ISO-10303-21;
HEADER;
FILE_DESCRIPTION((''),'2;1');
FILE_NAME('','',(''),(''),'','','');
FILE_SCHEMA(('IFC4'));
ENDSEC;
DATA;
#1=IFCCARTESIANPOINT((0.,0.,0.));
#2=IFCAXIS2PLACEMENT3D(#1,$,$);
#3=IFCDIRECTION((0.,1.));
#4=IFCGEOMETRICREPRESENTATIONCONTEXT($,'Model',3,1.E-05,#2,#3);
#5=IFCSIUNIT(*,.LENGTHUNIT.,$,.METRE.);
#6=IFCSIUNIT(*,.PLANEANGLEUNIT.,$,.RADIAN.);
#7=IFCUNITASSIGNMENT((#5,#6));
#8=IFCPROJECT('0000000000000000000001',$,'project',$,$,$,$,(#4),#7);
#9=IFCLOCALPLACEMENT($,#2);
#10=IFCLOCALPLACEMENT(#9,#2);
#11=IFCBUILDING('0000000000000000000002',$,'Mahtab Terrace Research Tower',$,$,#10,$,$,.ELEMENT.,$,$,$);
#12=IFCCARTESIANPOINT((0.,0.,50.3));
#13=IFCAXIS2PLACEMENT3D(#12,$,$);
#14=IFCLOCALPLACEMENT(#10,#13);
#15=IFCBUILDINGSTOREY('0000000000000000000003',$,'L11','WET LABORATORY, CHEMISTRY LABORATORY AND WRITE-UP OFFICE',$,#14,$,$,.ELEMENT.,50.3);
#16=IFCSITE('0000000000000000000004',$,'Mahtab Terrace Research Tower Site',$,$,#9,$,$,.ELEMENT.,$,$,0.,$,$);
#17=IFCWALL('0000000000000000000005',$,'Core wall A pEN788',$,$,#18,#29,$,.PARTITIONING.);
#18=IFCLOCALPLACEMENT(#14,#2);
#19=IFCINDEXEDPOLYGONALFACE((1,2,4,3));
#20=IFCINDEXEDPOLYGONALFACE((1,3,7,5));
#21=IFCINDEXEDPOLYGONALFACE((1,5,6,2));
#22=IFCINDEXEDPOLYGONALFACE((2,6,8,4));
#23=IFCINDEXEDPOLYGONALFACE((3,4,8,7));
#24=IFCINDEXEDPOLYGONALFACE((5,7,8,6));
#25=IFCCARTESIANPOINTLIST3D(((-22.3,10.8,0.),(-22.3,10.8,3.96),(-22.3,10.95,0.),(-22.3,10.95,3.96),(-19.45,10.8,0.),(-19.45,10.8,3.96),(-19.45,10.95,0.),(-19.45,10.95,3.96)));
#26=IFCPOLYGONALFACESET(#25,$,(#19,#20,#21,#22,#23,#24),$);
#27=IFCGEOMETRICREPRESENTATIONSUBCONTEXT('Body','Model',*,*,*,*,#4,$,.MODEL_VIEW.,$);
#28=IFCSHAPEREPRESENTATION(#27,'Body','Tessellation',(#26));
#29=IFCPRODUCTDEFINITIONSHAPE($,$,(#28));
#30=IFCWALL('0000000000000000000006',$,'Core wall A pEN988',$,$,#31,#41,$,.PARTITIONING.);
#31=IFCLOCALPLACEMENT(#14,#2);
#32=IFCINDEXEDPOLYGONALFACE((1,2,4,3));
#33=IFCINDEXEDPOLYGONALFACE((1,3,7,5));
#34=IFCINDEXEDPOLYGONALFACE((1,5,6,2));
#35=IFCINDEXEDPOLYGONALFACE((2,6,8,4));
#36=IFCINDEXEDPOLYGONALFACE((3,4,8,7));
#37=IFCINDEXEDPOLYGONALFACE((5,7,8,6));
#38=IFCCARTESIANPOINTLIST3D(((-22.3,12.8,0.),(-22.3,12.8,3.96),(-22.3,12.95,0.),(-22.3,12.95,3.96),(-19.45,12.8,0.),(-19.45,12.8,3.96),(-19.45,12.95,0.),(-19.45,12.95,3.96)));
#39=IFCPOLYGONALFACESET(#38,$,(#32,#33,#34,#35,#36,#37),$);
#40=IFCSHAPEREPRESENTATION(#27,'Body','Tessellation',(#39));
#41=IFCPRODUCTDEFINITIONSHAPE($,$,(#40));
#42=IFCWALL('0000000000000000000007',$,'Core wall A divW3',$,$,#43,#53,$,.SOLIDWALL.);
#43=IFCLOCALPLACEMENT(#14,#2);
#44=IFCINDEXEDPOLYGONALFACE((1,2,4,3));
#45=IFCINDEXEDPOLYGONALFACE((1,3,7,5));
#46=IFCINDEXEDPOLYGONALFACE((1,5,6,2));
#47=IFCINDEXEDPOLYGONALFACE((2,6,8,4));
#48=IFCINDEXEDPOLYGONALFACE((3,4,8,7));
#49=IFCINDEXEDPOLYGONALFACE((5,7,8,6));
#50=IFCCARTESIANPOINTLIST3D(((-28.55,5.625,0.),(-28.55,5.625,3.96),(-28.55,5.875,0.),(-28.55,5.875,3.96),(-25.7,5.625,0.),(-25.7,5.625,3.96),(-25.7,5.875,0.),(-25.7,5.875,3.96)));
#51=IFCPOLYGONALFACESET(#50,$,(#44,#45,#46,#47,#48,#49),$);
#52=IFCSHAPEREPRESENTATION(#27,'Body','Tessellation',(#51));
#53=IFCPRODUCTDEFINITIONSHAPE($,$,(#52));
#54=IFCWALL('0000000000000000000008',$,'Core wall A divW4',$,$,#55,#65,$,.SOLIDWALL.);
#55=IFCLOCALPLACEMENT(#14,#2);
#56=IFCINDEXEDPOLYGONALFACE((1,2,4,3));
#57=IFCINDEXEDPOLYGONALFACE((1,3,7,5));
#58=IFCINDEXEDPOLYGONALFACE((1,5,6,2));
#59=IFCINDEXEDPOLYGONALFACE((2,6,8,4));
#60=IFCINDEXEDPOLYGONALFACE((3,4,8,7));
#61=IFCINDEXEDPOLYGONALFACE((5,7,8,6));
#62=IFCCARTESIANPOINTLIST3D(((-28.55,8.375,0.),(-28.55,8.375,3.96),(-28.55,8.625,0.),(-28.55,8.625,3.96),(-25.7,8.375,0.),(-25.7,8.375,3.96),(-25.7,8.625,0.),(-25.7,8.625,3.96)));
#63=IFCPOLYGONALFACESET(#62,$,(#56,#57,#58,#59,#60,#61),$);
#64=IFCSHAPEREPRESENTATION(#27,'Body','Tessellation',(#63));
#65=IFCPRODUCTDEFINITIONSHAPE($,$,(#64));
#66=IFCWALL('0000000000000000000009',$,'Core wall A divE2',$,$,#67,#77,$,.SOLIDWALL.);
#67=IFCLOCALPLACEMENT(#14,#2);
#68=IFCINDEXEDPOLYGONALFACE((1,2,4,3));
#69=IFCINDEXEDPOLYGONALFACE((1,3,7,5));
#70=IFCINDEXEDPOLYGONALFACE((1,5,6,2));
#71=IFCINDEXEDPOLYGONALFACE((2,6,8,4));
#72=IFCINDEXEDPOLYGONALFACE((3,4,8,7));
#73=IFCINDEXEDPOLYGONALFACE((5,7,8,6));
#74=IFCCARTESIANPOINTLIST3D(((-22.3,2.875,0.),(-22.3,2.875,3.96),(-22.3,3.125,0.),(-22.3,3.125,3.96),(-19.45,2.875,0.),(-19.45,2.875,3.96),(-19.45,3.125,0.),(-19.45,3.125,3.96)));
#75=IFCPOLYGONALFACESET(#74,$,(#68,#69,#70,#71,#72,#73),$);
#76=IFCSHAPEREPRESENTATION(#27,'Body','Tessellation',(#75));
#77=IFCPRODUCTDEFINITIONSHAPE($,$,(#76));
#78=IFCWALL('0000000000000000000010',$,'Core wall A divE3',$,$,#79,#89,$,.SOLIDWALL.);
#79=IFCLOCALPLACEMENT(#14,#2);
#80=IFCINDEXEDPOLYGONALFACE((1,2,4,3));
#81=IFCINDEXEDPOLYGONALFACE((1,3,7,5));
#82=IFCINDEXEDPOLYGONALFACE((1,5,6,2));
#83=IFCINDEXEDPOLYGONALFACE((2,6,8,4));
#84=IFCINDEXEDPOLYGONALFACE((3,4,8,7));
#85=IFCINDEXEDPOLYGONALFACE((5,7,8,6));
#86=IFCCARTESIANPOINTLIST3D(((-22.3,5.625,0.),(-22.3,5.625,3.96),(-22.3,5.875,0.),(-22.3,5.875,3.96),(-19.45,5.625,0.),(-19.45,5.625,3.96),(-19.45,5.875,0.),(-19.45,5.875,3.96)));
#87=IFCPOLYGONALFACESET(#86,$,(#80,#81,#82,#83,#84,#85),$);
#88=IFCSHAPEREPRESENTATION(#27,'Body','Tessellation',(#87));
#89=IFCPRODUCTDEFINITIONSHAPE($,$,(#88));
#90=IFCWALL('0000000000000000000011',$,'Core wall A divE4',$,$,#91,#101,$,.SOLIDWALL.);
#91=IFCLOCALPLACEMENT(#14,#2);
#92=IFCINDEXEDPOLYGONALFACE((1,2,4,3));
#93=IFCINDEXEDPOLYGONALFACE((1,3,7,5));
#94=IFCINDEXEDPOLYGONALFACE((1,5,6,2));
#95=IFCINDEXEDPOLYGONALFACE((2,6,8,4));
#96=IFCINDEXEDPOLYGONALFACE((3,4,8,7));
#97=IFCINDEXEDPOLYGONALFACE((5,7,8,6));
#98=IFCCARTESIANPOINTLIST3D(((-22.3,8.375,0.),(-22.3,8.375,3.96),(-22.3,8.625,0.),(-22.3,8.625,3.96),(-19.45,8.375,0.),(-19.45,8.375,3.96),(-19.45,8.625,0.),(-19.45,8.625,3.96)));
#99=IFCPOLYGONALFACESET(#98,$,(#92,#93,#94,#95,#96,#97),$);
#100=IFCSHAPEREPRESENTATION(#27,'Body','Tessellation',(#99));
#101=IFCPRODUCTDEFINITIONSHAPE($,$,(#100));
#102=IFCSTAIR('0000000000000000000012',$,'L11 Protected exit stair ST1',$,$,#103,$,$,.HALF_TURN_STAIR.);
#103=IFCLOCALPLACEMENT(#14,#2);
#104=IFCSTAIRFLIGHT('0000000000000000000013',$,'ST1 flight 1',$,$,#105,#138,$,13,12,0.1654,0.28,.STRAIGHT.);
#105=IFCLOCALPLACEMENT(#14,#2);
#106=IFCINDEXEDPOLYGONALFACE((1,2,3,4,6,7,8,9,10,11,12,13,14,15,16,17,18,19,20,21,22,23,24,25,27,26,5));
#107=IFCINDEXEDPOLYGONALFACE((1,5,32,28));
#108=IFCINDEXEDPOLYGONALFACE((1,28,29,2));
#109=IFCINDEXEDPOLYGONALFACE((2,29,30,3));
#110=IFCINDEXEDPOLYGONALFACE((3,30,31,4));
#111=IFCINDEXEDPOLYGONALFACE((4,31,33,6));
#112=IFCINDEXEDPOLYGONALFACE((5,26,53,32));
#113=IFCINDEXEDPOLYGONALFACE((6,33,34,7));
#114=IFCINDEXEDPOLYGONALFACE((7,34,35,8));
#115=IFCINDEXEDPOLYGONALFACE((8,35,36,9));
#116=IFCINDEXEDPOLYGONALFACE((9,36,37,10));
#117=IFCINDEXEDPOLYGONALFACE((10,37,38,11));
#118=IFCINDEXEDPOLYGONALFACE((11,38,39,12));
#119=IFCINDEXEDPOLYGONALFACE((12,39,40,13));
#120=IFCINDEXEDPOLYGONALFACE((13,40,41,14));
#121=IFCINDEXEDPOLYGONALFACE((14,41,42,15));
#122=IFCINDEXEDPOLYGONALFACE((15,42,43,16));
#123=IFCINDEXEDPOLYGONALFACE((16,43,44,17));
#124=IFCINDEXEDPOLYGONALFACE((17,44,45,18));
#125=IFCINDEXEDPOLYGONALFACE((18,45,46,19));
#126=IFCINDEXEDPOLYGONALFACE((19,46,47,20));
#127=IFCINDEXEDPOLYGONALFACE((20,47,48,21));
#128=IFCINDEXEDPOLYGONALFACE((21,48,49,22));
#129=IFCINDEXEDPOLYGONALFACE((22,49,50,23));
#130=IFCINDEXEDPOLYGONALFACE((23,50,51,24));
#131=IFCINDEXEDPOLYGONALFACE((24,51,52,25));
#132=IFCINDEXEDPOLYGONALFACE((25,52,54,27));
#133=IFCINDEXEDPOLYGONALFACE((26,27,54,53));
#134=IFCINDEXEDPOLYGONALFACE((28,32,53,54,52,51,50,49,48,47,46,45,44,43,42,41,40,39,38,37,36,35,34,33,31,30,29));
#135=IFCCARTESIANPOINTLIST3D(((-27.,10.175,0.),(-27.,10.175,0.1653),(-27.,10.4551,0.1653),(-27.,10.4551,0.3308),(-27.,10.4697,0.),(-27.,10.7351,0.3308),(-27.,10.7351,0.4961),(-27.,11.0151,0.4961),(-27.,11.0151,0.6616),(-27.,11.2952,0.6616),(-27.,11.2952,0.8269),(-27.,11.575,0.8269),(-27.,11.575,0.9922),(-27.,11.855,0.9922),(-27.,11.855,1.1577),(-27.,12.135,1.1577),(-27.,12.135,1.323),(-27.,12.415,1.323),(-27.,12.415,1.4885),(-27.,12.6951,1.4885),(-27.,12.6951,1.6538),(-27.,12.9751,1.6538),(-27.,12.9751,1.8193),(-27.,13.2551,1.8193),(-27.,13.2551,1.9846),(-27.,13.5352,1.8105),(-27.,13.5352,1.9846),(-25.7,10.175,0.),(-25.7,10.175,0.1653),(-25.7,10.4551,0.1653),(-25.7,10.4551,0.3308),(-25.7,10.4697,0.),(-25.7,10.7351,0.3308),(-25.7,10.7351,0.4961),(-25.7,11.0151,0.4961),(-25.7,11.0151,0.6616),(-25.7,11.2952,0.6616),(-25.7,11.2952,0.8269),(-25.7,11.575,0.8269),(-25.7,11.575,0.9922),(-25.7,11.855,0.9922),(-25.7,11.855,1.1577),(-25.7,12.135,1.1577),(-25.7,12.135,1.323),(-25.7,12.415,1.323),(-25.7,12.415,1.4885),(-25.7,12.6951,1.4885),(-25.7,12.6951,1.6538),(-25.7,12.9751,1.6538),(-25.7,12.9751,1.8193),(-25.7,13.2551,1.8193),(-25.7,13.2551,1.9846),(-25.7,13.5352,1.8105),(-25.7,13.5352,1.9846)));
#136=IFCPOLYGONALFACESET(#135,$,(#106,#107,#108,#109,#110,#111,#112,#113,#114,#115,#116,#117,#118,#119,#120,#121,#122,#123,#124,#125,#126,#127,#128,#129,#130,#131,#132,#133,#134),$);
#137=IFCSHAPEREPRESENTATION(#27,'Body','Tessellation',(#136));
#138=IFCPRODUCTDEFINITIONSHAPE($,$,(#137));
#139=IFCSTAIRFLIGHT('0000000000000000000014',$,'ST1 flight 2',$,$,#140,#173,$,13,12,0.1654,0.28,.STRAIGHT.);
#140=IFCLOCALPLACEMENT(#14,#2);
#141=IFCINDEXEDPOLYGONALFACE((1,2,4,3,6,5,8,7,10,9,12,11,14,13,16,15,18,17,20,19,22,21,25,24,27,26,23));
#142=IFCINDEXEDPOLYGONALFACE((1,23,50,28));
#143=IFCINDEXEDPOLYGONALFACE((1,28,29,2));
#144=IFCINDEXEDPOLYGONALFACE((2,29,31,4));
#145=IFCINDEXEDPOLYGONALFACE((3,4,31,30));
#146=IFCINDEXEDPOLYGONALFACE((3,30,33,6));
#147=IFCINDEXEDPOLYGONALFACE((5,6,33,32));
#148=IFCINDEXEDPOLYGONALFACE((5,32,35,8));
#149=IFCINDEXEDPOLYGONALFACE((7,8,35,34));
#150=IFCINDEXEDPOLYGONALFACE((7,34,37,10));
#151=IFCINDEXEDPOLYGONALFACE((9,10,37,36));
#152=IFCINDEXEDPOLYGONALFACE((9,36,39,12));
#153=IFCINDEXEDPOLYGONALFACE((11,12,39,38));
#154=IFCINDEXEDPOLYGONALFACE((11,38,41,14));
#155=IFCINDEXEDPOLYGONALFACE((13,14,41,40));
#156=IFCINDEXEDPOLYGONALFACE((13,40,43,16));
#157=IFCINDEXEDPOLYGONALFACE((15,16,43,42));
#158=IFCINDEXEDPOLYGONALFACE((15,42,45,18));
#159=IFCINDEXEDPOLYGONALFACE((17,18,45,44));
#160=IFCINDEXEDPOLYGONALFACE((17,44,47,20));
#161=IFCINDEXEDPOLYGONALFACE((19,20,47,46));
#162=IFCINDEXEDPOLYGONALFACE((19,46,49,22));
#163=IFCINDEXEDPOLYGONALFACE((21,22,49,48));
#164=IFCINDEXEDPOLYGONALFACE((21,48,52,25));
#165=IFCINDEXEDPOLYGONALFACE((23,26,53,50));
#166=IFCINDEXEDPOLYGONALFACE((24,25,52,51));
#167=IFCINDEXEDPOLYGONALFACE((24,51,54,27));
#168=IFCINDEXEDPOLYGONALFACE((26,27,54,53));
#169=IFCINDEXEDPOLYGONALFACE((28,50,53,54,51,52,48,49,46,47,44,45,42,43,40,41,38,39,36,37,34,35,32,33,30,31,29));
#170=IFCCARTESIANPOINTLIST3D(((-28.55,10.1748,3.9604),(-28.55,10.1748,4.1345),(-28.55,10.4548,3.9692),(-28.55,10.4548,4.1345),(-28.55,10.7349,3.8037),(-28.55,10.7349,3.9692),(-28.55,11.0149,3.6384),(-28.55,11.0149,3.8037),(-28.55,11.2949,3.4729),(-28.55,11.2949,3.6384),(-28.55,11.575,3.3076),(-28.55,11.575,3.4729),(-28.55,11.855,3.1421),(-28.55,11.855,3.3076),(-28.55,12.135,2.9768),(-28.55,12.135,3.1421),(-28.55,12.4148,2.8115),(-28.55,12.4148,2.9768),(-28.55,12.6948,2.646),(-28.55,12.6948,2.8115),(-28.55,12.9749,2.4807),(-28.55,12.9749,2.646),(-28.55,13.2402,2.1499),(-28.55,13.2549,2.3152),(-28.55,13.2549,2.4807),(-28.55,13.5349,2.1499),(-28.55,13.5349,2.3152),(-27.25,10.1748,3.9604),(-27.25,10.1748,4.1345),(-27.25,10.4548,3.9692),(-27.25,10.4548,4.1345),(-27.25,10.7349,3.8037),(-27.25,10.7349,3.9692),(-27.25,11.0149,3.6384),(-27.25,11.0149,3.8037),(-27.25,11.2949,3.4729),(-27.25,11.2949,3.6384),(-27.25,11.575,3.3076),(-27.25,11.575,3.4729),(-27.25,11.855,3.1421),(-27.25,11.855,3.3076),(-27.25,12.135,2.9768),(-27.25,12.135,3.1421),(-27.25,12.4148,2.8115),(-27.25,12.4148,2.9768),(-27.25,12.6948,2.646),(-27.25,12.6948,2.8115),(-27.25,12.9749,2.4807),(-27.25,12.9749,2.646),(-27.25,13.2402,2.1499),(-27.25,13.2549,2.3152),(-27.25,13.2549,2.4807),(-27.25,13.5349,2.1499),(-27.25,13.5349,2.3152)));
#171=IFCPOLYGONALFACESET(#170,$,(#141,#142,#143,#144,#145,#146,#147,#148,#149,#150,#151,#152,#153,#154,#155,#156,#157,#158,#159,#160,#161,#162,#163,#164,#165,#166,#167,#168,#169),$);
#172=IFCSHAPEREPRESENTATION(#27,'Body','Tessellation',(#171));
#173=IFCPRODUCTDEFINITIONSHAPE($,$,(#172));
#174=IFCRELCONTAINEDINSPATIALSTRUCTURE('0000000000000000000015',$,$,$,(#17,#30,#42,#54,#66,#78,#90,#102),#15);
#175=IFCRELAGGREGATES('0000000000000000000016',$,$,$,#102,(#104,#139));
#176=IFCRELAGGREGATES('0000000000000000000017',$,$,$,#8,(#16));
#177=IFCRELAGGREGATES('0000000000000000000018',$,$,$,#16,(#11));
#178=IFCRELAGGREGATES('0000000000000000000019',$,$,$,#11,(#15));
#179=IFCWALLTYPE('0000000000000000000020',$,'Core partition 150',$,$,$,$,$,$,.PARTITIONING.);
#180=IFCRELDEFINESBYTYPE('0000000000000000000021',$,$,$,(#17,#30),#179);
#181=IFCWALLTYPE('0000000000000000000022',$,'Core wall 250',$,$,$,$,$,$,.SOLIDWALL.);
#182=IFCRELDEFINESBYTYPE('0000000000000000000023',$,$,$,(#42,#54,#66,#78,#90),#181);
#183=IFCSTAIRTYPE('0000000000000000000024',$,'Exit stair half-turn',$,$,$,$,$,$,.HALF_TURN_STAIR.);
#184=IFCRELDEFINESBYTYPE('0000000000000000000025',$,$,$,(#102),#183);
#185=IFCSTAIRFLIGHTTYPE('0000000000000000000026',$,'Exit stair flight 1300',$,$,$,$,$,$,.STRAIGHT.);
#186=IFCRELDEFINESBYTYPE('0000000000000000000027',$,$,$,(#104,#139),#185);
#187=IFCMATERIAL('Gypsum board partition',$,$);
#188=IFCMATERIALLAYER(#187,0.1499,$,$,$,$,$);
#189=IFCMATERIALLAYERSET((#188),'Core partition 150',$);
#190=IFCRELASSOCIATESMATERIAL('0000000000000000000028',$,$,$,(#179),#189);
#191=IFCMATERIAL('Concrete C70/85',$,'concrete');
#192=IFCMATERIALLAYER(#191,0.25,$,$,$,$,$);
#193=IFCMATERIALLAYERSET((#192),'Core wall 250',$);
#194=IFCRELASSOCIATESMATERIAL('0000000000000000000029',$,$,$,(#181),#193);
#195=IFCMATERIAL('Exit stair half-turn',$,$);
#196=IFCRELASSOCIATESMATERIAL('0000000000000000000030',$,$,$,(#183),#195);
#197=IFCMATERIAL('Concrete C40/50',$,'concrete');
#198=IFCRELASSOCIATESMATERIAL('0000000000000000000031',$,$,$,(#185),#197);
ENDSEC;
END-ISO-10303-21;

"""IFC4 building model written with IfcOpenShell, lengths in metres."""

from ifc_helpers import new_model, si_unit, direction, frame, frame_2d, origin, place, context, subcontext, project, spatial, polyline, rectangle, outline, extrude, material, layer, layer_set, type_object, element, aggregate, save


model = new_model("IFC4")

# Units and contexts
model_context = context("Model", 3, precision=1e-05, world=origin(), true_north=direction((0.0, 1.0)))
body_context = subcontext(model_context, "Body", "Model", "MODEL_VIEW")
ifc_project = project(units=[si_unit("LENGTHUNIT", "METRE"), si_unit("PLANEANGLEUNIT", "RADIAN")], contexts=[model_context])

# Site, building, storey
site_placement = place(None, origin())
site = spatial("IfcSite", under=ifc_project, at=site_placement, Name="Mahtab Terrace Research Tower Site", CompositionType="ELEMENT", RefElevation=0.0)
building_placement = place(site_placement, origin())
building = spatial("IfcBuilding", under=site, at=building_placement, Name="Mahtab Terrace Research Tower", CompositionType="ELEMENT")
storey_placement = place(building_placement, frame((0.0, 0.0, 50.3)))
storey = spatial("IfcBuildingStorey", under=building, at=storey_placement, Name="L11", Description="WET LABORATORY, CHEMISTRY LABORATORY AND WRITE-UP OFFICE", CompositionType="ELEMENT", Elevation=50.3)

# Walls
ifc_material_1 = material(Name="Gypsum board partition")
ifc_layer_1 = layer(ifc_material_1, 0.1499)
ifc_layer_set_1 = layer_set([ifc_layer_1], Name="Core partition 150")
wall_type_1 = type_object("IfcWallType", Name="Core partition 150", PredefinedType="PARTITIONING", material=ifc_layer_set_1)
for number, where, z_axis, x_axis, name in (
    (1, (-22.3, 10.875, 0.0), (0.0, 0.0, 1.0), (1.0, 0.0, 0.0), "Core wall A pEN788"),
    (2, (-22.3, 12.875, 0.0), (0.0, 0.0, 1.0), (1.0, 0.0, 0.0), "Core wall A pEN988"),
):
    element("IfcWall", number, at=place(storey_placement, frame(where, z_axis=z_axis, x_axis=x_axis)), inside=storey, type_object=wall_type_1, Name=name, PredefinedType="PARTITIONING", context=body_context, shape_type="SweptSolid", body=[
        extrude(rectangle(XDim=2.8501, YDim=0.1499, at=frame_2d((1.425, 0.0))), origin(), (0.0, 0.0, 1.0), 3.96),
    ])
ifc_material_2 = material(Name="Concrete C70/85", Category="concrete")
ifc_layer_2 = layer(ifc_material_2, 0.25)
ifc_layer_set_2 = layer_set([ifc_layer_2], Name="Core wall 250")
wall_type_2 = type_object("IfcWallType", Name="Core wall 250", PredefinedType="SOLIDWALL", material=ifc_layer_set_2)
for number, where, z_axis, x_axis, name in (
    (3, (-28.55, 5.75, 0.0), (0.0, 0.0, 1.0), (1.0, 0.0, 0.0), "Core wall A divW3"),
    (4, (-28.55, 8.5, 0.0), (0.0, 0.0, 1.0), (1.0, 0.0, 0.0), "Core wall A divW4"),
    (5, (-22.3, 3.0, 0.0), (0.0, 0.0, 1.0), (1.0, 0.0, 0.0), "Core wall A divE2"),
    (6, (-22.3, 5.75, 0.0), (0.0, 0.0, 1.0), (1.0, 0.0, 0.0), "Core wall A divE3"),
    (7, (-22.3, 8.5, 0.0), (0.0, 0.0, 1.0), (1.0, 0.0, 0.0), "Core wall A divE4"),
):
    element("IfcWall", number, at=place(storey_placement, frame(where, z_axis=z_axis, x_axis=x_axis)), inside=storey, type_object=wall_type_2, Name=name, PredefinedType="SOLIDWALL", context=body_context, shape_type="SweptSolid", body=[
        extrude(rectangle(XDim=2.8501, YDim=0.25, at=frame_2d((1.425, 0.0))), origin(), (0.0, 0.0, 1.0), 3.96),
    ])

# Stair, stair flights
ifc_material_3 = material(Name="Exit stair half-turn")
stair_type = type_object("IfcStairType", Name="Exit stair half-turn", PredefinedType="HALF_TURN_STAIR", material=ifc_material_3)
stair_placement = place(storey_placement, origin())
stair = element("IfcStair", 8, at=stair_placement, inside=storey, type_object=stair_type, Name="L11 Protected exit stair ST1", PredefinedType="HALF_TURN_STAIR")
ifc_material_4 = material(Name="Concrete C40/50", Category="concrete")
stair_flight_type = type_object("IfcStairFlightType", Name="Exit stair flight 1300", PredefinedType="STRAIGHT", material=ifc_material_4)
stair_flight_1_placement = place(storey_placement, frame((-26.3501, 10.175, 0.0), z_axis=(0.0, 0.0, 1.0), x_axis=(0.0, 1.0, 0.0)))
stair_flight_1 = element("IfcStairFlight", 9, at=stair_flight_1_placement, type_object=stair_flight_type, Name="ST1 flight 1", NumberOfRisers=13, NumberOfTreads=12, PredefinedType="STRAIGHT", RiserHeight=0.1654, TreadLength=0.28, context=body_context, shape_type="SweptSolid", body=[
    extrude(outline(polyline([(0.0, 0.0), (0.0, 0.1653), (0.28, 0.1653), (0.28, 0.3308), (0.5601, 0.3308), (0.5601, 0.4961), (0.8401, 0.4961), (0.8401, 0.6616), (1.1201, 0.6616), (1.1201, 0.8269), (1.3999, 0.8269), (1.3999, 0.9922), (1.6799, 0.9922), (1.6799, 1.1577), (1.96, 1.1577), (1.96, 1.323), (2.24, 1.323), (2.24, 1.4885), (2.52, 1.4885), (2.52, 1.6538), (2.8, 1.6538), (2.8, 1.8193), (3.0801, 1.8193), (3.0801, 1.9846), (3.3601, 1.9846), (3.3601, 2.1499), (3.3601, 1.8105), (0.2947, 0.0), (0.0, 0.0)])), frame((0.0, 0.6499, 0.0), z_axis=(0.0, -1.0, 0.0), x_axis=(1.0, 0.0, 0.0)), (0.0, 0.0, 1.0), 1.3),
])
stair_flight_2_placement = place(storey_placement, frame((-27.8999, 13.5349, 2.1499), z_axis=(0.0, 0.0, 1.0), x_axis=(0.0, -1.0, 0.0)))
stair_flight_2 = element("IfcStairFlight", 10, at=stair_flight_2_placement, type_object=stair_flight_type, Name="ST1 flight 2", NumberOfRisers=13, NumberOfTreads=12, PredefinedType="STRAIGHT", RiserHeight=0.1654, TreadLength=0.28, context=body_context, shape_type="SweptSolid", body=[
    extrude(outline(polyline([(0.0, 0.0), (0.0, 0.1653), (0.28, 0.1653), (0.28, 0.3308), (0.5601, 0.3308), (0.5601, 0.4961), (0.8401, 0.4961), (0.8401, 0.6616), (1.1201, 0.6616), (1.1201, 0.8269), (1.3999, 0.8269), (1.3999, 0.9922), (1.6799, 0.9922), (1.6799, 1.1577), (1.96, 1.1577), (1.96, 1.323), (2.24, 1.323), (2.24, 1.4885), (2.52, 1.4885), (2.52, 1.6538), (2.8, 1.6538), (2.8, 1.8193), (3.0801, 1.8193), (3.0801, 1.9846), (3.3601, 1.9846), (3.3601, 2.1499), (3.3601, 1.8105), (0.2947, 0.0), (0.0, 0.0)])), frame((0.0, 0.6499, 0.0), z_axis=(0.0, -1.0, 0.0), x_axis=(1.0, 0.0, 0.0)), (0.0, 0.0, 1.0), 1.3),
])
aggregate(stair, [stair_flight_1, stair_flight_2])

save(model, "model.ifc")
